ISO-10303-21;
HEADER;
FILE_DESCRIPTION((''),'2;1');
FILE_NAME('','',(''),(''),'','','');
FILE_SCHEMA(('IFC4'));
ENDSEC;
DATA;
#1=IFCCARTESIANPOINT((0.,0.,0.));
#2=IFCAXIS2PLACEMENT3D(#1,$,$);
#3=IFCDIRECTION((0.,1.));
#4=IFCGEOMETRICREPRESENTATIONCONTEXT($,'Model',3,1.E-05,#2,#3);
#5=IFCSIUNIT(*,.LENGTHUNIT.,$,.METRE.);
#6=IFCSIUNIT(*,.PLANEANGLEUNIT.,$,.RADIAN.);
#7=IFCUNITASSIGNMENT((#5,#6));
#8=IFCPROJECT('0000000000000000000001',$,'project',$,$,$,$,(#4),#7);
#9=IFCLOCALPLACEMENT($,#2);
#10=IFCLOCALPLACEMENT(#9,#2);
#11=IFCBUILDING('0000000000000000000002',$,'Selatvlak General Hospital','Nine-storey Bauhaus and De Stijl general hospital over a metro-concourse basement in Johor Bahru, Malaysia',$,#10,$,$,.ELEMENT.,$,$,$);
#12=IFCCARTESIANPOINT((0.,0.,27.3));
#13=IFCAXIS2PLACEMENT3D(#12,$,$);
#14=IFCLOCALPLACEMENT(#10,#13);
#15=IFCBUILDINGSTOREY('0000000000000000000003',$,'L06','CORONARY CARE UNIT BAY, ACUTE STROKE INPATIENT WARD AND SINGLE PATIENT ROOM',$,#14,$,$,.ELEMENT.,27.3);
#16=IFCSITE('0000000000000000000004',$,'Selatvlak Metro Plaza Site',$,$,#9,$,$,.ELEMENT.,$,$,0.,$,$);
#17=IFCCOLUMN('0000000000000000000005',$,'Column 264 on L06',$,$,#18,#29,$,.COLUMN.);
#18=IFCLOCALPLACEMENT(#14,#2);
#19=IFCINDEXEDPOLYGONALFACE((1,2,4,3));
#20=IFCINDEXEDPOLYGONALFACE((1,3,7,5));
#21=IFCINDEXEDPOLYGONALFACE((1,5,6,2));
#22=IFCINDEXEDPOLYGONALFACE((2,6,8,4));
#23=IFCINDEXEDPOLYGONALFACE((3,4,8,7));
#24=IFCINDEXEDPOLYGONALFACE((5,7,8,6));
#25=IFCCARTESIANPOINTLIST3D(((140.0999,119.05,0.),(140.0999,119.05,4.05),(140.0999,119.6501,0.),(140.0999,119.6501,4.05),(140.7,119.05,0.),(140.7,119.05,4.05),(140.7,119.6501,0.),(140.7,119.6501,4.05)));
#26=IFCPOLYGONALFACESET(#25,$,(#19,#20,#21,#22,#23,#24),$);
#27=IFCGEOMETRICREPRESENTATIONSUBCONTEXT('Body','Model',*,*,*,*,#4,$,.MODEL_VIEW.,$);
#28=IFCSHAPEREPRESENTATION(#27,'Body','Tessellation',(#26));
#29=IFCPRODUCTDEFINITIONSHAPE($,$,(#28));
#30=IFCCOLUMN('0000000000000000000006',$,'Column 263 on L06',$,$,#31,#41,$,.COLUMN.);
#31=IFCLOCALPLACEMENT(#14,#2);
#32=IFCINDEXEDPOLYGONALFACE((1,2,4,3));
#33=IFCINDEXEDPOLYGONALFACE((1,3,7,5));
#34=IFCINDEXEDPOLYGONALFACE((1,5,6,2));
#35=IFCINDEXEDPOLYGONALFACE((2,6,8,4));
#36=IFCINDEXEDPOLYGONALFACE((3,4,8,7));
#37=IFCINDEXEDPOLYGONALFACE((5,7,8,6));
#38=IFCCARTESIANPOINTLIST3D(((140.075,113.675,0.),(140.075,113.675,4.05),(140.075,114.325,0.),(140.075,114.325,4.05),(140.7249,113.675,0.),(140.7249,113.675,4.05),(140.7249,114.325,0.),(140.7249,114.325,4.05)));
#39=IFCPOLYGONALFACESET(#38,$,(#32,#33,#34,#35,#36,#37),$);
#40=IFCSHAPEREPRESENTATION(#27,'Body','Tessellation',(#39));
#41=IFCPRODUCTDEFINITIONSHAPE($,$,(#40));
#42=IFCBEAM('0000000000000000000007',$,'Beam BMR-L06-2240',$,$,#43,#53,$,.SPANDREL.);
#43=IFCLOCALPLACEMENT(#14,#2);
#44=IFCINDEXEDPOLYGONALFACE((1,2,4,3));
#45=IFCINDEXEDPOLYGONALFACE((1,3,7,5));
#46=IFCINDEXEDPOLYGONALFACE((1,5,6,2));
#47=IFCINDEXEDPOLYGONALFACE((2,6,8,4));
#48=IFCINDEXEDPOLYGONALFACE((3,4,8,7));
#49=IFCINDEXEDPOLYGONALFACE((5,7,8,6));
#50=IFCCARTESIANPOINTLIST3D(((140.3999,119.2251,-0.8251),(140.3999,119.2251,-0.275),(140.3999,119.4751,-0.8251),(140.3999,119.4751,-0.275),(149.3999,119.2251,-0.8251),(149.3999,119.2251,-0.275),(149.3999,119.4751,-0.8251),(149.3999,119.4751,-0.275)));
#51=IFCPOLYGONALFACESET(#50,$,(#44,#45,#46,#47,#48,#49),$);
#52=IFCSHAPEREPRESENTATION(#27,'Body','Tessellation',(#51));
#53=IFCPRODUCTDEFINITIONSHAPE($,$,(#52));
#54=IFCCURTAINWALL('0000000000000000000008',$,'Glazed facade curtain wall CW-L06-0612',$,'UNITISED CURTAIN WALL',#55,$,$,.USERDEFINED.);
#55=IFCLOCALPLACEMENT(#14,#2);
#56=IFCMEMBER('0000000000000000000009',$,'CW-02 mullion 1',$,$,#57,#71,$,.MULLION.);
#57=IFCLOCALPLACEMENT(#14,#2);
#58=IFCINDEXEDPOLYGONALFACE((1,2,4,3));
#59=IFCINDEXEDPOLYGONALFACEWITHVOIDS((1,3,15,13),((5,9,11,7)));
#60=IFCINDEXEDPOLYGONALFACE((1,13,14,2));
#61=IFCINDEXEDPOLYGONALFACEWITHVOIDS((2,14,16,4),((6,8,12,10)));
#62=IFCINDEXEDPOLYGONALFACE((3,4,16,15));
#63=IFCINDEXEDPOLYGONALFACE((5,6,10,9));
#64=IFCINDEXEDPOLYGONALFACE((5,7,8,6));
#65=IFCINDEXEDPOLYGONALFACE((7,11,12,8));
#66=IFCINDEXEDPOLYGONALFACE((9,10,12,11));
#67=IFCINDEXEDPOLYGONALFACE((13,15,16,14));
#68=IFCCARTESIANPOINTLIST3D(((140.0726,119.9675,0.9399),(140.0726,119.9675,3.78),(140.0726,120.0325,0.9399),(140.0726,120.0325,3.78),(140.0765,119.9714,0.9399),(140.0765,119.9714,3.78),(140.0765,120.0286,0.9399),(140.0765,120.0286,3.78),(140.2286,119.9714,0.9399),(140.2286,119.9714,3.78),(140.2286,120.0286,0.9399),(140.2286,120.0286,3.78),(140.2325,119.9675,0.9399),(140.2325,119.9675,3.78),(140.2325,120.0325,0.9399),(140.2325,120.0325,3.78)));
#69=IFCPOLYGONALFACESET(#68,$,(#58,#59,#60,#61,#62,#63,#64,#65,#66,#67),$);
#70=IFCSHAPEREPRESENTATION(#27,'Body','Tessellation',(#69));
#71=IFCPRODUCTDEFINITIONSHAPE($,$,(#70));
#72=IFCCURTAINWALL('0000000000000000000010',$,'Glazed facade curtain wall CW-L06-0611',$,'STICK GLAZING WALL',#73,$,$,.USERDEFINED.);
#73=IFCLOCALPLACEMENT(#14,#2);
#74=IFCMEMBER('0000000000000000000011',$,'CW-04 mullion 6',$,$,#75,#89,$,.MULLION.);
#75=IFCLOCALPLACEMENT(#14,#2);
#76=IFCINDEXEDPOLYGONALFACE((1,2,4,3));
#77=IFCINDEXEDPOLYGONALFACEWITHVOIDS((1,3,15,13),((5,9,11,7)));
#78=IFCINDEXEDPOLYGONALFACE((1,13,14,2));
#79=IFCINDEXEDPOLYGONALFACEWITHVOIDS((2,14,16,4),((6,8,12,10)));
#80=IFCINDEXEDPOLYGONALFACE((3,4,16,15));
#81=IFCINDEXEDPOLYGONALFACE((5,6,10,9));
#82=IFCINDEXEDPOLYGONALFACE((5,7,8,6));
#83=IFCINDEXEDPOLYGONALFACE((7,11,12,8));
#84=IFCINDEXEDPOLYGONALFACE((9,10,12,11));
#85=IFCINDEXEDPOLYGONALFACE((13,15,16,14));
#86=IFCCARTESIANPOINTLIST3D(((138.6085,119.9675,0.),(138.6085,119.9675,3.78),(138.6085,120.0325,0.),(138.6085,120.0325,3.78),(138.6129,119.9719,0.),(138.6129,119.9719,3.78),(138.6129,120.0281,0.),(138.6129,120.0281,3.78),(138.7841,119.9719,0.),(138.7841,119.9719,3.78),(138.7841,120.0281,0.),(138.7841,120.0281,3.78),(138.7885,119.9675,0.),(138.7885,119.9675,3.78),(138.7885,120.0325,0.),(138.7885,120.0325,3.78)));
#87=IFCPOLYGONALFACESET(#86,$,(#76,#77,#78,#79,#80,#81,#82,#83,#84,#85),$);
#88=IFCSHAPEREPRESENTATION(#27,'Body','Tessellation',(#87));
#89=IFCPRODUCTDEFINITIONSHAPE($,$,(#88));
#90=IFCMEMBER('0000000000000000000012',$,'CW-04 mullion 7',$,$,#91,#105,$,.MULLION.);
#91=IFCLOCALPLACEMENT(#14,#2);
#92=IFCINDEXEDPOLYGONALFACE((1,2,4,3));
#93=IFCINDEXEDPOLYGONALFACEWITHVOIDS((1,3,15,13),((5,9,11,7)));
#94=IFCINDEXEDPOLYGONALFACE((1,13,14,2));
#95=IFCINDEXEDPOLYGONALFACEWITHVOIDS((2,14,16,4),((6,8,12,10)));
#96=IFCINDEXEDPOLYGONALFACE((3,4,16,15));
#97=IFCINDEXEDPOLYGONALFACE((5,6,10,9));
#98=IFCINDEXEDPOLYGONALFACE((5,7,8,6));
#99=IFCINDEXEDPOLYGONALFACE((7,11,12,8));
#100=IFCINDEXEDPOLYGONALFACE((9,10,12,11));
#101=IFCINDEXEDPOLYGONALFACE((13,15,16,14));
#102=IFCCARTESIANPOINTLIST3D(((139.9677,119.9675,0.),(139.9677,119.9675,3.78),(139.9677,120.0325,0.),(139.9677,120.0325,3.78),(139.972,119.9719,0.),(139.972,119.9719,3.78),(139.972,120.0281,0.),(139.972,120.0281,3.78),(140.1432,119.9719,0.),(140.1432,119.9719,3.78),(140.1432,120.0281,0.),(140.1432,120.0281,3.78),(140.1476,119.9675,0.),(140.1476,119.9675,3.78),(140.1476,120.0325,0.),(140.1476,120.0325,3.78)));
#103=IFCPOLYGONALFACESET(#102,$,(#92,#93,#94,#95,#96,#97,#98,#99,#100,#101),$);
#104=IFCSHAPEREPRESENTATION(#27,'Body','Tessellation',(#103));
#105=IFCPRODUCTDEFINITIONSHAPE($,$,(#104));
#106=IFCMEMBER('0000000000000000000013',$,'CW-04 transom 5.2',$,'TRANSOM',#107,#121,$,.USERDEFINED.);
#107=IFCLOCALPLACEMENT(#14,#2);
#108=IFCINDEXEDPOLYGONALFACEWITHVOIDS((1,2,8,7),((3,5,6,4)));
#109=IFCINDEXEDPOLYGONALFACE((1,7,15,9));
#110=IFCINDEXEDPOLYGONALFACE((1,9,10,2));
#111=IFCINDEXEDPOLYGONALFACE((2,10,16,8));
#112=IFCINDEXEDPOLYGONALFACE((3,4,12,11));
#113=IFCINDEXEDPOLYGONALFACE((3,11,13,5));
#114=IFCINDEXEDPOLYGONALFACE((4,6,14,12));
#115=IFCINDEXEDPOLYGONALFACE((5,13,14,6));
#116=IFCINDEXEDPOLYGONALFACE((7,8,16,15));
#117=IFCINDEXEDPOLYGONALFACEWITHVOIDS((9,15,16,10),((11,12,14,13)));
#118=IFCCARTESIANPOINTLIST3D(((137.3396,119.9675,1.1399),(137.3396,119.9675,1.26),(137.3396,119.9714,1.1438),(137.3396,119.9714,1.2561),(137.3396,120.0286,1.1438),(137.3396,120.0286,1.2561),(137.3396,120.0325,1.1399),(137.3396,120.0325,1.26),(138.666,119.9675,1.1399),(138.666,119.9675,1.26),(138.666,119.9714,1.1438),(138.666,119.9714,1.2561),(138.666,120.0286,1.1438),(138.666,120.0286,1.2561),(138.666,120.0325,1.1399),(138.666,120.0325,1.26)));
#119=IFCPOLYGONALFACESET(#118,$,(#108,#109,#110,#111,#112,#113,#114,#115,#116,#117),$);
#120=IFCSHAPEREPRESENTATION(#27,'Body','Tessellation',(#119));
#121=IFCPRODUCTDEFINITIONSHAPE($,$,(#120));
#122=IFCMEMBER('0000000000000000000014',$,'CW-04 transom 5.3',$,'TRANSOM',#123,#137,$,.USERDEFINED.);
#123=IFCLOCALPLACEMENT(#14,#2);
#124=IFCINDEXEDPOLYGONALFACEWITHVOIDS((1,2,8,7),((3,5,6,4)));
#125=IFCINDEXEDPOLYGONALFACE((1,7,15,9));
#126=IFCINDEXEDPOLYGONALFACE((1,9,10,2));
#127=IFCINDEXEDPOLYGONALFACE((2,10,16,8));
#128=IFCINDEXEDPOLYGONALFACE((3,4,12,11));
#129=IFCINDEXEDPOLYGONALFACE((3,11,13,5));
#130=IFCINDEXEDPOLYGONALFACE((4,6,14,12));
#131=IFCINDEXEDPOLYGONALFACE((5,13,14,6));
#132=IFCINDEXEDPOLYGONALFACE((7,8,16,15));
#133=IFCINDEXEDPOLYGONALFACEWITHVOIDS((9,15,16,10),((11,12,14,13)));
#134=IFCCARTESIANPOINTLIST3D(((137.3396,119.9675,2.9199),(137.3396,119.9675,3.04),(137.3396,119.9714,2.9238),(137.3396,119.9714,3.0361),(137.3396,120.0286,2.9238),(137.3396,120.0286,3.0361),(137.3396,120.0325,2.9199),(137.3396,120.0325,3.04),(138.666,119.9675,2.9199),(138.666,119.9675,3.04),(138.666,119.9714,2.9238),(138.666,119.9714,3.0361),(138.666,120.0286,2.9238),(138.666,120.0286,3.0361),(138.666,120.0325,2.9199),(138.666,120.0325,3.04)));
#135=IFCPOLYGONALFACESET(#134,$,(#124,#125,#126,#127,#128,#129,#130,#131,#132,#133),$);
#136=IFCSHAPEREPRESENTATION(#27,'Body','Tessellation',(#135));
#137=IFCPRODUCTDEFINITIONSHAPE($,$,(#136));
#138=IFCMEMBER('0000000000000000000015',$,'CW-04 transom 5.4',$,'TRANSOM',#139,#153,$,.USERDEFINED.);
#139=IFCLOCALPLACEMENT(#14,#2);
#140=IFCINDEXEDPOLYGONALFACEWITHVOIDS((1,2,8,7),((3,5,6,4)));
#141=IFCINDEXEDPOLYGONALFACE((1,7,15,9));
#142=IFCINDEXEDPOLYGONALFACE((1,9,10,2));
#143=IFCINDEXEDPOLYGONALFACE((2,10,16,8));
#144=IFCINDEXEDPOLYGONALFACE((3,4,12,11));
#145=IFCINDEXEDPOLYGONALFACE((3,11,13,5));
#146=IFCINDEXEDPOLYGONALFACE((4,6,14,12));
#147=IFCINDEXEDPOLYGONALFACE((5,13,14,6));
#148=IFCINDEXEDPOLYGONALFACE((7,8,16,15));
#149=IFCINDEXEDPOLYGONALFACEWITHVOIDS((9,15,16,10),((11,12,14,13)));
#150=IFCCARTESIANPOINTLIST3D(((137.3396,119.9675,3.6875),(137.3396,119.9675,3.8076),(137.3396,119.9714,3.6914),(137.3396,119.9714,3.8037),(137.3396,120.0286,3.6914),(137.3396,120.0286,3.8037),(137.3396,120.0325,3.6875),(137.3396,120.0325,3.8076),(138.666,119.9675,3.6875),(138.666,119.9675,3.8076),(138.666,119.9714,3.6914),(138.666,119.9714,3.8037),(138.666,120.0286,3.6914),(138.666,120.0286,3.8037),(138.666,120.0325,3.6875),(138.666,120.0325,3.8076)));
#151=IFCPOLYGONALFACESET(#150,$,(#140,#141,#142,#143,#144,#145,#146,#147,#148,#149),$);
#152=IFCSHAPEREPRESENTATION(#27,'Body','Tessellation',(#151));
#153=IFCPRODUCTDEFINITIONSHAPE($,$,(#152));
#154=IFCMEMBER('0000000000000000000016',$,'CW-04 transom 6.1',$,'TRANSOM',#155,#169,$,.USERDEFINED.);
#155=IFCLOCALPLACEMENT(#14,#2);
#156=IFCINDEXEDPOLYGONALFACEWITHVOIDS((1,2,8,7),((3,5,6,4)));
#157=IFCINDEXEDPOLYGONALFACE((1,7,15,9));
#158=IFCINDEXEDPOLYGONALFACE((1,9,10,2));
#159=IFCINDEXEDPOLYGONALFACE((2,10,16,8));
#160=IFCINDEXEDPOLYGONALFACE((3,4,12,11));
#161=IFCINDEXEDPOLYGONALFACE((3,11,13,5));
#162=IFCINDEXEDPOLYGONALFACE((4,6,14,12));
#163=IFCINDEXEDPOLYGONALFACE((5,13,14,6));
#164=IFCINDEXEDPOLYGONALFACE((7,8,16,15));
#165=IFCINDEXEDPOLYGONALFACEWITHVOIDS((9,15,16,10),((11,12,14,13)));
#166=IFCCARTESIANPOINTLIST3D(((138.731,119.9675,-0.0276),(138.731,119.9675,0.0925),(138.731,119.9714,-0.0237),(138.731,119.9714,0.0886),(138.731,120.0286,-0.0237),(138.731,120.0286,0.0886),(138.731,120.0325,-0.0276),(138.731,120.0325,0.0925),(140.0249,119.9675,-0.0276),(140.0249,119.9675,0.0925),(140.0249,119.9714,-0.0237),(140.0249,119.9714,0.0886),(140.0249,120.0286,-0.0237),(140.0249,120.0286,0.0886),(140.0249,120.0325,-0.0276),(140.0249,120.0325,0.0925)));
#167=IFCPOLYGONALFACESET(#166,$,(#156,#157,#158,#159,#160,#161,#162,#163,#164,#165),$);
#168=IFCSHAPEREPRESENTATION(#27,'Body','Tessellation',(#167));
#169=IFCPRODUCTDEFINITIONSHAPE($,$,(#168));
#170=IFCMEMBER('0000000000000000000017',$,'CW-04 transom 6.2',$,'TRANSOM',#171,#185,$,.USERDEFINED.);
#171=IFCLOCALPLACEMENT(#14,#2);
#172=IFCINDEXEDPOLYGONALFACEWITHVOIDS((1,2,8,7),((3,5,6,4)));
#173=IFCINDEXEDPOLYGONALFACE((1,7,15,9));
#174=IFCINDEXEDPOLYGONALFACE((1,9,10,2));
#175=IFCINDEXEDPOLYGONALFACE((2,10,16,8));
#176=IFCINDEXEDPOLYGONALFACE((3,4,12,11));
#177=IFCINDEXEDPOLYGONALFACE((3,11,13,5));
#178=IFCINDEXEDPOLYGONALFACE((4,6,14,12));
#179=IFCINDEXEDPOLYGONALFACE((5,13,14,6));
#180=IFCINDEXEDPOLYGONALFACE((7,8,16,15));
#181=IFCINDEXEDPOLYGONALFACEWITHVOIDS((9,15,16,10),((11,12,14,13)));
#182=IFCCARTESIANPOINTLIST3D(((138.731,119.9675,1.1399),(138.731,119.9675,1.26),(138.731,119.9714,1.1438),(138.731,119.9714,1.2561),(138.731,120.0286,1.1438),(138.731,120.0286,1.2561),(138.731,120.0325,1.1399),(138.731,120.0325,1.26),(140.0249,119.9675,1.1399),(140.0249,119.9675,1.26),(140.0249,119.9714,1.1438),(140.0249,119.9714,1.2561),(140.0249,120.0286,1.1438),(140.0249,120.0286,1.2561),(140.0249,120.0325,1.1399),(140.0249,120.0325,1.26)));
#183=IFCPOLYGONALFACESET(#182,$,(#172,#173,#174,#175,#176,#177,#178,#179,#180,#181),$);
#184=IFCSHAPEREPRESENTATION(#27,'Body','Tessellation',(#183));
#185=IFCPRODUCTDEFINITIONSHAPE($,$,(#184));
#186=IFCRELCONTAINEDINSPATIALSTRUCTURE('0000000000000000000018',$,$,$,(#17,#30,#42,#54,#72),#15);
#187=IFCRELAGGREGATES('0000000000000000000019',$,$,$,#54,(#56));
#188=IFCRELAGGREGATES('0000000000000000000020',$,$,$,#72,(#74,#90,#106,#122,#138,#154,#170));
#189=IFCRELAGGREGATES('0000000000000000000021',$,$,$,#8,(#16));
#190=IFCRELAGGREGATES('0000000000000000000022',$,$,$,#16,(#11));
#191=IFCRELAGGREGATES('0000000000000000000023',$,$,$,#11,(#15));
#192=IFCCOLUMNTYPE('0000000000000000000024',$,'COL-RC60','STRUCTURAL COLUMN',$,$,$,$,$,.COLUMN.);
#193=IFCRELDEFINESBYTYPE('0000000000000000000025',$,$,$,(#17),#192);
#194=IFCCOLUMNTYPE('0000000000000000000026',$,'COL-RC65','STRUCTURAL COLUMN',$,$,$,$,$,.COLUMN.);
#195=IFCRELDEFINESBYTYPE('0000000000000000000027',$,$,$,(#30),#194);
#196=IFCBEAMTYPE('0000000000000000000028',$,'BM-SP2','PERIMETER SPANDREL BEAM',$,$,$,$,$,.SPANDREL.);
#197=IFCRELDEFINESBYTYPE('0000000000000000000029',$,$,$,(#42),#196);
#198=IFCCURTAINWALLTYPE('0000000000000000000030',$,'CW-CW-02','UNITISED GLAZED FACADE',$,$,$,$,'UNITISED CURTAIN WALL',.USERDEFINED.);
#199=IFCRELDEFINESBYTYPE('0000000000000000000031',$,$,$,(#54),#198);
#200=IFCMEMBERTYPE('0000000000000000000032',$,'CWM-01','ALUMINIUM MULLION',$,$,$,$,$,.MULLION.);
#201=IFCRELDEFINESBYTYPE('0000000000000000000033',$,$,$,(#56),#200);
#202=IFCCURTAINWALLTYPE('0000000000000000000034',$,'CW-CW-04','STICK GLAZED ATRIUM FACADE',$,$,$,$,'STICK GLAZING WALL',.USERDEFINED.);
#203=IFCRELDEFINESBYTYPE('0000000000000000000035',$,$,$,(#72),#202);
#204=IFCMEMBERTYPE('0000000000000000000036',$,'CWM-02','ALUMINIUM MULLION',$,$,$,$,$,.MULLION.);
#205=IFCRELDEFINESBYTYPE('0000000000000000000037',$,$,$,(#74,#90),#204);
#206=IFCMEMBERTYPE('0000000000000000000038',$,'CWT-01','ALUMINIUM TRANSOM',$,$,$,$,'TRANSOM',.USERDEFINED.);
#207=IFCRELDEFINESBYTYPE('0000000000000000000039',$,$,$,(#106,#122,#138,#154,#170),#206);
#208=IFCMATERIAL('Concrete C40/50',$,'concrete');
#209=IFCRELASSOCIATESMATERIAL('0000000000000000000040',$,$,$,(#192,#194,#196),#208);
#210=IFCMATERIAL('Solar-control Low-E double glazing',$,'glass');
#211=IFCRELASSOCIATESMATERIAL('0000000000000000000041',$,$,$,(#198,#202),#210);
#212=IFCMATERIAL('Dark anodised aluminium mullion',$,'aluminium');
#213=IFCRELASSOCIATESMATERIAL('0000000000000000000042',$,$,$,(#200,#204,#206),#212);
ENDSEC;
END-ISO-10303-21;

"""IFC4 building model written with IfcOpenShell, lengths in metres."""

from ifc_helpers import new_model, si_unit, direction, frame, origin, origin_2d, place, context, subcontext, project, spatial, rectangle, hollow_rectangle, extrude, material, material_profile, profile_set, type_object, element, aggregate, save


model = new_model("IFC4")

# Units and contexts
model_context = context("Model", 3, precision=1e-05, world=origin(), true_north=direction((0.0, 1.0)))
body_context = subcontext(model_context, "Body", "Model", "MODEL_VIEW")
ifc_project = project(units=[si_unit("LENGTHUNIT", "METRE"), si_unit("PLANEANGLEUNIT", "RADIAN")], contexts=[model_context])

# Site, building, storey
site_placement = place(None, origin())
site = spatial("IfcSite", under=ifc_project, at=site_placement, Name="Selatvlak Metro Plaza Site", CompositionType="ELEMENT", RefElevation=0.0)
building_placement = place(site_placement, origin())
building = spatial("IfcBuilding", under=site, at=building_placement, Name="Selatvlak General Hospital", Description="Nine-storey Bauhaus and De Stijl general hospital over a metro-concourse basement in Johor Bahru, Malaysia", CompositionType="ELEMENT")
storey_placement = place(building_placement, frame((0.0, 0.0, 27.3)))
storey = spatial("IfcBuildingStorey", under=building, at=storey_placement, Name="L06", Description="CORONARY CARE UNIT BAY, ACUTE STROKE INPATIENT WARD AND SINGLE PATIENT ROOM", CompositionType="ELEMENT", Elevation=27.3)

# Columns
ifc_material_1 = material(Name="Concrete C40/50", Category="concrete")
ifc_material_profile_1 = material_profile(ifc_material_1, rectangle(XDim=0.6001, YDim=0.6001, at=origin_2d()), Name="RC-COL 600x600")
ifc_profile_set_1 = profile_set([ifc_material_profile_1], Name="Concrete C40/50")
column_type_1 = type_object("IfcColumnType", Name="COL-RC60", Description="STRUCTURAL COLUMN", PredefinedType="COLUMN", material=ifc_profile_set_1)
column_1_placement = place(storey_placement, frame((140.3999, 119.3501, 0.0), z_axis=(0.0, 0.0, 1.0), x_axis=(1.0, 0.0, 0.0)))
element("IfcColumn", 1, at=column_1_placement, inside=storey, type_object=column_type_1, Name="Column 264 on L06", PredefinedType="COLUMN", context=body_context, shape_type="SweptSolid", body=[
    extrude(rectangle(XDim=0.6001, YDim=0.6001, at=origin_2d()), origin(), (0.0, 0.0, 1.0), 4.05),
])
ifc_material_profile_2 = material_profile(ifc_material_1, rectangle(XDim=0.6499, YDim=0.6499, at=origin_2d()), Name="RC-COL 650x650")
ifc_profile_set_2 = profile_set([ifc_material_profile_2], Name="Concrete C40/50")
column_type_2 = type_object("IfcColumnType", Name="COL-RC65", Description="STRUCTURAL COLUMN", PredefinedType="COLUMN", material=ifc_profile_set_2)
column_2_placement = place(storey_placement, frame((140.3999, 114.0, 0.0), z_axis=(0.0, 0.0, 1.0), x_axis=(1.0, 0.0, 0.0)))
element("IfcColumn", 2, at=column_2_placement, inside=storey, type_object=column_type_2, Name="Column 263 on L06", PredefinedType="COLUMN", context=body_context, shape_type="SweptSolid", body=[
    extrude(rectangle(XDim=0.6499, YDim=0.6499, at=origin_2d()), origin(), (0.0, 0.0, 1.0), 4.05),
])

# Beam
ifc_material_profile_3 = material_profile(ifc_material_1, rectangle(XDim=0.25, YDim=0.55, at=origin_2d()), Name="RC-SP 250x550")
ifc_profile_set_3 = profile_set([ifc_material_profile_3], Name="Concrete C40/50")
beam_type = type_object("IfcBeamType", Name="BM-SP2", Description="PERIMETER SPANDREL BEAM", PredefinedType="SPANDREL", material=ifc_profile_set_3)
beam_placement = place(storey_placement, frame((140.3999, 119.3501, -0.55), z_axis=(1.0, 0.0, 0.0), x_axis=(0.0, 1.0, 0.0)))
element("IfcBeam", 3, at=beam_placement, inside=storey, type_object=beam_type, Name="Beam BMR-L06-2240", PredefinedType="SPANDREL", context=body_context, shape_type="SweptSolid", body=[
    extrude(rectangle(XDim=0.25, YDim=0.55, at=origin_2d()), origin(), (0.0, 0.0, 1.0), 9.0),
])

# Curtain wall, member
ifc_material_2 = material(Name="Solar-control Low-E double glazing", Category="glass")
curtain_wall_type_1 = type_object("IfcCurtainWallType", Name="CW-CW-02", Description="UNITISED GLAZED FACADE", ElementType="UNITISED CURTAIN WALL", PredefinedType="USERDEFINED", material=ifc_material_2)
curtain_wall_1_placement = place(storey_placement, origin())
curtain_wall_1 = element("IfcCurtainWall", 4, at=curtain_wall_1_placement, inside=storey, type_object=curtain_wall_type_1, Name="Glazed facade curtain wall CW-L06-0612", ObjectType="UNITISED CURTAIN WALL", PredefinedType="USERDEFINED")
ifc_material_3 = material(Name="Dark anodised aluminium mullion", Category="aluminium")
ifc_material_profile_4 = material_profile(ifc_material_3, hollow_rectangle(XDim=0.0649, YDim=0.1599, WallThickness=0.0039, at=origin_2d()), Name="AL-MUL 65x160x4")
ifc_profile_set_4 = profile_set([ifc_material_profile_4], Name="Dark anodised aluminium mullion")
member_type_1 = type_object("IfcMemberType", Name="CWM-01", Description="ALUMINIUM MULLION", PredefinedType="MULLION", material=ifc_profile_set_4)
member_1_placement = place(storey_placement, frame((140.1526, 120.0, 0.9399), z_axis=(0.0, 0.0, 1.0), x_axis=(0.0, 1.0, 0.0)))
member_1 = element("IfcMember", 5, at=member_1_placement, type_object=member_type_1, Name="CW-02 mullion 1", PredefinedType="MULLION", context=body_context, shape_type="SweptSolid", body=[
    extrude(hollow_rectangle(XDim=0.0649, YDim=0.1599, WallThickness=0.0039, at=origin_2d()), origin(), (0.0, 0.0, 1.0), 2.8401),
])

# Curtain wall, members
curtain_wall_type_2 = type_object("IfcCurtainWallType", Name="CW-CW-04", Description="STICK GLAZED ATRIUM FACADE", ElementType="STICK GLAZING WALL", PredefinedType="USERDEFINED", material=ifc_material_2)
curtain_wall_2_placement = place(storey_placement, origin())
curtain_wall_2 = element("IfcCurtainWall", 6, at=curtain_wall_2_placement, inside=storey, type_object=curtain_wall_type_2, Name="Glazed facade curtain wall CW-L06-0611", ObjectType="STICK GLAZING WALL", PredefinedType="USERDEFINED")
ifc_material_profile_5 = material_profile(ifc_material_3, hollow_rectangle(XDim=0.0649, YDim=0.1799, WallThickness=0.0044, at=origin_2d()), Name="AL-MUL 65x180x4.5")
ifc_profile_set_5 = profile_set([ifc_material_profile_5], Name="Dark anodised aluminium mullion")
member_type_2 = type_object("IfcMemberType", Name="CWM-02", Description="ALUMINIUM MULLION", PredefinedType="MULLION", material=ifc_profile_set_5)
member_2_placement = place(storey_placement, frame((138.6985, 120.0, 0.0), z_axis=(0.0, 0.0, 1.0), x_axis=(0.0, 1.0, 0.0)))
member_2 = element("IfcMember", 7, at=member_2_placement, type_object=member_type_2, Name="CW-04 mullion 6", PredefinedType="MULLION", context=body_context, shape_type="SweptSolid", body=[
    extrude(hollow_rectangle(XDim=0.0649, YDim=0.1799, WallThickness=0.0044, at=origin_2d()), origin(), (0.0, 0.0, 1.0), 3.78),
])
member_3_placement = place(storey_placement, frame((140.0576, 120.0, 0.0), z_axis=(0.0, 0.0, 1.0), x_axis=(0.0, 1.0, 0.0)))
member_3 = element("IfcMember", 8, at=member_3_placement, type_object=member_type_2, Name="CW-04 mullion 7", PredefinedType="MULLION", context=body_context, shape_type="SweptSolid", body=[
    extrude(hollow_rectangle(XDim=0.0649, YDim=0.1799, WallThickness=0.0044, at=origin_2d()), origin(), (0.0, 0.0, 1.0), 3.78),
])
ifc_material_profile_6 = material_profile(ifc_material_3, hollow_rectangle(XDim=0.0649, YDim=0.1201, WallThickness=0.0039, at=origin_2d()), Name="AL-TRN 65x120x4")
ifc_profile_set_6 = profile_set([ifc_material_profile_6], Name="Dark anodised aluminium mullion")
member_type_3 = type_object("IfcMemberType", Name="CWT-01", Description="ALUMINIUM TRANSOM", ElementType="TRANSOM", PredefinedType="USERDEFINED", material=ifc_profile_set_6)
member_4_placement = place(storey_placement, frame((137.3396, 120.0, 1.2), z_axis=(1.0, 0.0, 0.0), x_axis=(0.0, 1.0, 0.0)))
member_4 = element("IfcMember", 9, at=member_4_placement, type_object=member_type_3, Name="CW-04 transom 5.2", ObjectType="TRANSOM", PredefinedType="USERDEFINED", context=body_context, shape_type="SweptSolid", body=[
    extrude(hollow_rectangle(XDim=0.0649, YDim=0.1201, WallThickness=0.0039, at=origin_2d()), origin(), (0.0, 0.0, 1.0), 1.3264),
])
member_5_placement = place(storey_placement, frame((137.3396, 120.0, 2.98), z_axis=(1.0, 0.0, 0.0), x_axis=(0.0, 1.0, 0.0)))
member_5 = element("IfcMember", 10, at=member_5_placement, type_object=member_type_3, Name="CW-04 transom 5.3", ObjectType="TRANSOM", PredefinedType="USERDEFINED", context=body_context, shape_type="SweptSolid", body=[
    extrude(hollow_rectangle(XDim=0.0649, YDim=0.1201, WallThickness=0.0039, at=origin_2d()), origin(), (0.0, 0.0, 1.0), 1.3264),
])
member_6_placement = place(storey_placement, frame((137.3396, 120.0, 3.7476), z_axis=(1.0, 0.0, 0.0), x_axis=(0.0, 1.0, 0.0)))
member_6 = element("IfcMember", 11, at=member_6_placement, type_object=member_type_3, Name="CW-04 transom 5.4", ObjectType="TRANSOM", PredefinedType="USERDEFINED", context=body_context, shape_type="SweptSolid", body=[
    extrude(hollow_rectangle(XDim=0.0649, YDim=0.1201, WallThickness=0.0039, at=origin_2d()), origin(), (0.0, 0.0, 1.0), 1.3264),
])
member_7_placement = place(storey_placement, frame((138.731, 120.0, 0.0325), z_axis=(1.0, 0.0, 0.0), x_axis=(0.0, 1.0, 0.0)))
member_7 = element("IfcMember", 12, at=member_7_placement, type_object=member_type_3, Name="CW-04 transom 6.1", ObjectType="TRANSOM", PredefinedType="USERDEFINED", context=body_context, shape_type="SweptSolid", body=[
    extrude(hollow_rectangle(XDim=0.0649, YDim=0.1201, WallThickness=0.0039, at=origin_2d()), origin(), (0.0, 0.0, 1.0), 1.2939),
])
member_8_placement = place(storey_placement, frame((138.731, 120.0, 1.2), z_axis=(1.0, 0.0, 0.0), x_axis=(0.0, 1.0, 0.0)))
member_8 = element("IfcMember", 13, at=member_8_placement, type_object=member_type_3, Name="CW-04 transom 6.2", ObjectType="TRANSOM", PredefinedType="USERDEFINED", context=body_context, shape_type="SweptSolid", body=[
    extrude(hollow_rectangle(XDim=0.0649, YDim=0.1201, WallThickness=0.0039, at=origin_2d()), origin(), (0.0, 0.0, 1.0), 1.2939),
])

aggregate(curtain_wall_1, [member_1])

aggregate(curtain_wall_2, [member_2, member_3, member_4, member_5, member_6, member_7, member_8])

save(model, "model.ifc")
